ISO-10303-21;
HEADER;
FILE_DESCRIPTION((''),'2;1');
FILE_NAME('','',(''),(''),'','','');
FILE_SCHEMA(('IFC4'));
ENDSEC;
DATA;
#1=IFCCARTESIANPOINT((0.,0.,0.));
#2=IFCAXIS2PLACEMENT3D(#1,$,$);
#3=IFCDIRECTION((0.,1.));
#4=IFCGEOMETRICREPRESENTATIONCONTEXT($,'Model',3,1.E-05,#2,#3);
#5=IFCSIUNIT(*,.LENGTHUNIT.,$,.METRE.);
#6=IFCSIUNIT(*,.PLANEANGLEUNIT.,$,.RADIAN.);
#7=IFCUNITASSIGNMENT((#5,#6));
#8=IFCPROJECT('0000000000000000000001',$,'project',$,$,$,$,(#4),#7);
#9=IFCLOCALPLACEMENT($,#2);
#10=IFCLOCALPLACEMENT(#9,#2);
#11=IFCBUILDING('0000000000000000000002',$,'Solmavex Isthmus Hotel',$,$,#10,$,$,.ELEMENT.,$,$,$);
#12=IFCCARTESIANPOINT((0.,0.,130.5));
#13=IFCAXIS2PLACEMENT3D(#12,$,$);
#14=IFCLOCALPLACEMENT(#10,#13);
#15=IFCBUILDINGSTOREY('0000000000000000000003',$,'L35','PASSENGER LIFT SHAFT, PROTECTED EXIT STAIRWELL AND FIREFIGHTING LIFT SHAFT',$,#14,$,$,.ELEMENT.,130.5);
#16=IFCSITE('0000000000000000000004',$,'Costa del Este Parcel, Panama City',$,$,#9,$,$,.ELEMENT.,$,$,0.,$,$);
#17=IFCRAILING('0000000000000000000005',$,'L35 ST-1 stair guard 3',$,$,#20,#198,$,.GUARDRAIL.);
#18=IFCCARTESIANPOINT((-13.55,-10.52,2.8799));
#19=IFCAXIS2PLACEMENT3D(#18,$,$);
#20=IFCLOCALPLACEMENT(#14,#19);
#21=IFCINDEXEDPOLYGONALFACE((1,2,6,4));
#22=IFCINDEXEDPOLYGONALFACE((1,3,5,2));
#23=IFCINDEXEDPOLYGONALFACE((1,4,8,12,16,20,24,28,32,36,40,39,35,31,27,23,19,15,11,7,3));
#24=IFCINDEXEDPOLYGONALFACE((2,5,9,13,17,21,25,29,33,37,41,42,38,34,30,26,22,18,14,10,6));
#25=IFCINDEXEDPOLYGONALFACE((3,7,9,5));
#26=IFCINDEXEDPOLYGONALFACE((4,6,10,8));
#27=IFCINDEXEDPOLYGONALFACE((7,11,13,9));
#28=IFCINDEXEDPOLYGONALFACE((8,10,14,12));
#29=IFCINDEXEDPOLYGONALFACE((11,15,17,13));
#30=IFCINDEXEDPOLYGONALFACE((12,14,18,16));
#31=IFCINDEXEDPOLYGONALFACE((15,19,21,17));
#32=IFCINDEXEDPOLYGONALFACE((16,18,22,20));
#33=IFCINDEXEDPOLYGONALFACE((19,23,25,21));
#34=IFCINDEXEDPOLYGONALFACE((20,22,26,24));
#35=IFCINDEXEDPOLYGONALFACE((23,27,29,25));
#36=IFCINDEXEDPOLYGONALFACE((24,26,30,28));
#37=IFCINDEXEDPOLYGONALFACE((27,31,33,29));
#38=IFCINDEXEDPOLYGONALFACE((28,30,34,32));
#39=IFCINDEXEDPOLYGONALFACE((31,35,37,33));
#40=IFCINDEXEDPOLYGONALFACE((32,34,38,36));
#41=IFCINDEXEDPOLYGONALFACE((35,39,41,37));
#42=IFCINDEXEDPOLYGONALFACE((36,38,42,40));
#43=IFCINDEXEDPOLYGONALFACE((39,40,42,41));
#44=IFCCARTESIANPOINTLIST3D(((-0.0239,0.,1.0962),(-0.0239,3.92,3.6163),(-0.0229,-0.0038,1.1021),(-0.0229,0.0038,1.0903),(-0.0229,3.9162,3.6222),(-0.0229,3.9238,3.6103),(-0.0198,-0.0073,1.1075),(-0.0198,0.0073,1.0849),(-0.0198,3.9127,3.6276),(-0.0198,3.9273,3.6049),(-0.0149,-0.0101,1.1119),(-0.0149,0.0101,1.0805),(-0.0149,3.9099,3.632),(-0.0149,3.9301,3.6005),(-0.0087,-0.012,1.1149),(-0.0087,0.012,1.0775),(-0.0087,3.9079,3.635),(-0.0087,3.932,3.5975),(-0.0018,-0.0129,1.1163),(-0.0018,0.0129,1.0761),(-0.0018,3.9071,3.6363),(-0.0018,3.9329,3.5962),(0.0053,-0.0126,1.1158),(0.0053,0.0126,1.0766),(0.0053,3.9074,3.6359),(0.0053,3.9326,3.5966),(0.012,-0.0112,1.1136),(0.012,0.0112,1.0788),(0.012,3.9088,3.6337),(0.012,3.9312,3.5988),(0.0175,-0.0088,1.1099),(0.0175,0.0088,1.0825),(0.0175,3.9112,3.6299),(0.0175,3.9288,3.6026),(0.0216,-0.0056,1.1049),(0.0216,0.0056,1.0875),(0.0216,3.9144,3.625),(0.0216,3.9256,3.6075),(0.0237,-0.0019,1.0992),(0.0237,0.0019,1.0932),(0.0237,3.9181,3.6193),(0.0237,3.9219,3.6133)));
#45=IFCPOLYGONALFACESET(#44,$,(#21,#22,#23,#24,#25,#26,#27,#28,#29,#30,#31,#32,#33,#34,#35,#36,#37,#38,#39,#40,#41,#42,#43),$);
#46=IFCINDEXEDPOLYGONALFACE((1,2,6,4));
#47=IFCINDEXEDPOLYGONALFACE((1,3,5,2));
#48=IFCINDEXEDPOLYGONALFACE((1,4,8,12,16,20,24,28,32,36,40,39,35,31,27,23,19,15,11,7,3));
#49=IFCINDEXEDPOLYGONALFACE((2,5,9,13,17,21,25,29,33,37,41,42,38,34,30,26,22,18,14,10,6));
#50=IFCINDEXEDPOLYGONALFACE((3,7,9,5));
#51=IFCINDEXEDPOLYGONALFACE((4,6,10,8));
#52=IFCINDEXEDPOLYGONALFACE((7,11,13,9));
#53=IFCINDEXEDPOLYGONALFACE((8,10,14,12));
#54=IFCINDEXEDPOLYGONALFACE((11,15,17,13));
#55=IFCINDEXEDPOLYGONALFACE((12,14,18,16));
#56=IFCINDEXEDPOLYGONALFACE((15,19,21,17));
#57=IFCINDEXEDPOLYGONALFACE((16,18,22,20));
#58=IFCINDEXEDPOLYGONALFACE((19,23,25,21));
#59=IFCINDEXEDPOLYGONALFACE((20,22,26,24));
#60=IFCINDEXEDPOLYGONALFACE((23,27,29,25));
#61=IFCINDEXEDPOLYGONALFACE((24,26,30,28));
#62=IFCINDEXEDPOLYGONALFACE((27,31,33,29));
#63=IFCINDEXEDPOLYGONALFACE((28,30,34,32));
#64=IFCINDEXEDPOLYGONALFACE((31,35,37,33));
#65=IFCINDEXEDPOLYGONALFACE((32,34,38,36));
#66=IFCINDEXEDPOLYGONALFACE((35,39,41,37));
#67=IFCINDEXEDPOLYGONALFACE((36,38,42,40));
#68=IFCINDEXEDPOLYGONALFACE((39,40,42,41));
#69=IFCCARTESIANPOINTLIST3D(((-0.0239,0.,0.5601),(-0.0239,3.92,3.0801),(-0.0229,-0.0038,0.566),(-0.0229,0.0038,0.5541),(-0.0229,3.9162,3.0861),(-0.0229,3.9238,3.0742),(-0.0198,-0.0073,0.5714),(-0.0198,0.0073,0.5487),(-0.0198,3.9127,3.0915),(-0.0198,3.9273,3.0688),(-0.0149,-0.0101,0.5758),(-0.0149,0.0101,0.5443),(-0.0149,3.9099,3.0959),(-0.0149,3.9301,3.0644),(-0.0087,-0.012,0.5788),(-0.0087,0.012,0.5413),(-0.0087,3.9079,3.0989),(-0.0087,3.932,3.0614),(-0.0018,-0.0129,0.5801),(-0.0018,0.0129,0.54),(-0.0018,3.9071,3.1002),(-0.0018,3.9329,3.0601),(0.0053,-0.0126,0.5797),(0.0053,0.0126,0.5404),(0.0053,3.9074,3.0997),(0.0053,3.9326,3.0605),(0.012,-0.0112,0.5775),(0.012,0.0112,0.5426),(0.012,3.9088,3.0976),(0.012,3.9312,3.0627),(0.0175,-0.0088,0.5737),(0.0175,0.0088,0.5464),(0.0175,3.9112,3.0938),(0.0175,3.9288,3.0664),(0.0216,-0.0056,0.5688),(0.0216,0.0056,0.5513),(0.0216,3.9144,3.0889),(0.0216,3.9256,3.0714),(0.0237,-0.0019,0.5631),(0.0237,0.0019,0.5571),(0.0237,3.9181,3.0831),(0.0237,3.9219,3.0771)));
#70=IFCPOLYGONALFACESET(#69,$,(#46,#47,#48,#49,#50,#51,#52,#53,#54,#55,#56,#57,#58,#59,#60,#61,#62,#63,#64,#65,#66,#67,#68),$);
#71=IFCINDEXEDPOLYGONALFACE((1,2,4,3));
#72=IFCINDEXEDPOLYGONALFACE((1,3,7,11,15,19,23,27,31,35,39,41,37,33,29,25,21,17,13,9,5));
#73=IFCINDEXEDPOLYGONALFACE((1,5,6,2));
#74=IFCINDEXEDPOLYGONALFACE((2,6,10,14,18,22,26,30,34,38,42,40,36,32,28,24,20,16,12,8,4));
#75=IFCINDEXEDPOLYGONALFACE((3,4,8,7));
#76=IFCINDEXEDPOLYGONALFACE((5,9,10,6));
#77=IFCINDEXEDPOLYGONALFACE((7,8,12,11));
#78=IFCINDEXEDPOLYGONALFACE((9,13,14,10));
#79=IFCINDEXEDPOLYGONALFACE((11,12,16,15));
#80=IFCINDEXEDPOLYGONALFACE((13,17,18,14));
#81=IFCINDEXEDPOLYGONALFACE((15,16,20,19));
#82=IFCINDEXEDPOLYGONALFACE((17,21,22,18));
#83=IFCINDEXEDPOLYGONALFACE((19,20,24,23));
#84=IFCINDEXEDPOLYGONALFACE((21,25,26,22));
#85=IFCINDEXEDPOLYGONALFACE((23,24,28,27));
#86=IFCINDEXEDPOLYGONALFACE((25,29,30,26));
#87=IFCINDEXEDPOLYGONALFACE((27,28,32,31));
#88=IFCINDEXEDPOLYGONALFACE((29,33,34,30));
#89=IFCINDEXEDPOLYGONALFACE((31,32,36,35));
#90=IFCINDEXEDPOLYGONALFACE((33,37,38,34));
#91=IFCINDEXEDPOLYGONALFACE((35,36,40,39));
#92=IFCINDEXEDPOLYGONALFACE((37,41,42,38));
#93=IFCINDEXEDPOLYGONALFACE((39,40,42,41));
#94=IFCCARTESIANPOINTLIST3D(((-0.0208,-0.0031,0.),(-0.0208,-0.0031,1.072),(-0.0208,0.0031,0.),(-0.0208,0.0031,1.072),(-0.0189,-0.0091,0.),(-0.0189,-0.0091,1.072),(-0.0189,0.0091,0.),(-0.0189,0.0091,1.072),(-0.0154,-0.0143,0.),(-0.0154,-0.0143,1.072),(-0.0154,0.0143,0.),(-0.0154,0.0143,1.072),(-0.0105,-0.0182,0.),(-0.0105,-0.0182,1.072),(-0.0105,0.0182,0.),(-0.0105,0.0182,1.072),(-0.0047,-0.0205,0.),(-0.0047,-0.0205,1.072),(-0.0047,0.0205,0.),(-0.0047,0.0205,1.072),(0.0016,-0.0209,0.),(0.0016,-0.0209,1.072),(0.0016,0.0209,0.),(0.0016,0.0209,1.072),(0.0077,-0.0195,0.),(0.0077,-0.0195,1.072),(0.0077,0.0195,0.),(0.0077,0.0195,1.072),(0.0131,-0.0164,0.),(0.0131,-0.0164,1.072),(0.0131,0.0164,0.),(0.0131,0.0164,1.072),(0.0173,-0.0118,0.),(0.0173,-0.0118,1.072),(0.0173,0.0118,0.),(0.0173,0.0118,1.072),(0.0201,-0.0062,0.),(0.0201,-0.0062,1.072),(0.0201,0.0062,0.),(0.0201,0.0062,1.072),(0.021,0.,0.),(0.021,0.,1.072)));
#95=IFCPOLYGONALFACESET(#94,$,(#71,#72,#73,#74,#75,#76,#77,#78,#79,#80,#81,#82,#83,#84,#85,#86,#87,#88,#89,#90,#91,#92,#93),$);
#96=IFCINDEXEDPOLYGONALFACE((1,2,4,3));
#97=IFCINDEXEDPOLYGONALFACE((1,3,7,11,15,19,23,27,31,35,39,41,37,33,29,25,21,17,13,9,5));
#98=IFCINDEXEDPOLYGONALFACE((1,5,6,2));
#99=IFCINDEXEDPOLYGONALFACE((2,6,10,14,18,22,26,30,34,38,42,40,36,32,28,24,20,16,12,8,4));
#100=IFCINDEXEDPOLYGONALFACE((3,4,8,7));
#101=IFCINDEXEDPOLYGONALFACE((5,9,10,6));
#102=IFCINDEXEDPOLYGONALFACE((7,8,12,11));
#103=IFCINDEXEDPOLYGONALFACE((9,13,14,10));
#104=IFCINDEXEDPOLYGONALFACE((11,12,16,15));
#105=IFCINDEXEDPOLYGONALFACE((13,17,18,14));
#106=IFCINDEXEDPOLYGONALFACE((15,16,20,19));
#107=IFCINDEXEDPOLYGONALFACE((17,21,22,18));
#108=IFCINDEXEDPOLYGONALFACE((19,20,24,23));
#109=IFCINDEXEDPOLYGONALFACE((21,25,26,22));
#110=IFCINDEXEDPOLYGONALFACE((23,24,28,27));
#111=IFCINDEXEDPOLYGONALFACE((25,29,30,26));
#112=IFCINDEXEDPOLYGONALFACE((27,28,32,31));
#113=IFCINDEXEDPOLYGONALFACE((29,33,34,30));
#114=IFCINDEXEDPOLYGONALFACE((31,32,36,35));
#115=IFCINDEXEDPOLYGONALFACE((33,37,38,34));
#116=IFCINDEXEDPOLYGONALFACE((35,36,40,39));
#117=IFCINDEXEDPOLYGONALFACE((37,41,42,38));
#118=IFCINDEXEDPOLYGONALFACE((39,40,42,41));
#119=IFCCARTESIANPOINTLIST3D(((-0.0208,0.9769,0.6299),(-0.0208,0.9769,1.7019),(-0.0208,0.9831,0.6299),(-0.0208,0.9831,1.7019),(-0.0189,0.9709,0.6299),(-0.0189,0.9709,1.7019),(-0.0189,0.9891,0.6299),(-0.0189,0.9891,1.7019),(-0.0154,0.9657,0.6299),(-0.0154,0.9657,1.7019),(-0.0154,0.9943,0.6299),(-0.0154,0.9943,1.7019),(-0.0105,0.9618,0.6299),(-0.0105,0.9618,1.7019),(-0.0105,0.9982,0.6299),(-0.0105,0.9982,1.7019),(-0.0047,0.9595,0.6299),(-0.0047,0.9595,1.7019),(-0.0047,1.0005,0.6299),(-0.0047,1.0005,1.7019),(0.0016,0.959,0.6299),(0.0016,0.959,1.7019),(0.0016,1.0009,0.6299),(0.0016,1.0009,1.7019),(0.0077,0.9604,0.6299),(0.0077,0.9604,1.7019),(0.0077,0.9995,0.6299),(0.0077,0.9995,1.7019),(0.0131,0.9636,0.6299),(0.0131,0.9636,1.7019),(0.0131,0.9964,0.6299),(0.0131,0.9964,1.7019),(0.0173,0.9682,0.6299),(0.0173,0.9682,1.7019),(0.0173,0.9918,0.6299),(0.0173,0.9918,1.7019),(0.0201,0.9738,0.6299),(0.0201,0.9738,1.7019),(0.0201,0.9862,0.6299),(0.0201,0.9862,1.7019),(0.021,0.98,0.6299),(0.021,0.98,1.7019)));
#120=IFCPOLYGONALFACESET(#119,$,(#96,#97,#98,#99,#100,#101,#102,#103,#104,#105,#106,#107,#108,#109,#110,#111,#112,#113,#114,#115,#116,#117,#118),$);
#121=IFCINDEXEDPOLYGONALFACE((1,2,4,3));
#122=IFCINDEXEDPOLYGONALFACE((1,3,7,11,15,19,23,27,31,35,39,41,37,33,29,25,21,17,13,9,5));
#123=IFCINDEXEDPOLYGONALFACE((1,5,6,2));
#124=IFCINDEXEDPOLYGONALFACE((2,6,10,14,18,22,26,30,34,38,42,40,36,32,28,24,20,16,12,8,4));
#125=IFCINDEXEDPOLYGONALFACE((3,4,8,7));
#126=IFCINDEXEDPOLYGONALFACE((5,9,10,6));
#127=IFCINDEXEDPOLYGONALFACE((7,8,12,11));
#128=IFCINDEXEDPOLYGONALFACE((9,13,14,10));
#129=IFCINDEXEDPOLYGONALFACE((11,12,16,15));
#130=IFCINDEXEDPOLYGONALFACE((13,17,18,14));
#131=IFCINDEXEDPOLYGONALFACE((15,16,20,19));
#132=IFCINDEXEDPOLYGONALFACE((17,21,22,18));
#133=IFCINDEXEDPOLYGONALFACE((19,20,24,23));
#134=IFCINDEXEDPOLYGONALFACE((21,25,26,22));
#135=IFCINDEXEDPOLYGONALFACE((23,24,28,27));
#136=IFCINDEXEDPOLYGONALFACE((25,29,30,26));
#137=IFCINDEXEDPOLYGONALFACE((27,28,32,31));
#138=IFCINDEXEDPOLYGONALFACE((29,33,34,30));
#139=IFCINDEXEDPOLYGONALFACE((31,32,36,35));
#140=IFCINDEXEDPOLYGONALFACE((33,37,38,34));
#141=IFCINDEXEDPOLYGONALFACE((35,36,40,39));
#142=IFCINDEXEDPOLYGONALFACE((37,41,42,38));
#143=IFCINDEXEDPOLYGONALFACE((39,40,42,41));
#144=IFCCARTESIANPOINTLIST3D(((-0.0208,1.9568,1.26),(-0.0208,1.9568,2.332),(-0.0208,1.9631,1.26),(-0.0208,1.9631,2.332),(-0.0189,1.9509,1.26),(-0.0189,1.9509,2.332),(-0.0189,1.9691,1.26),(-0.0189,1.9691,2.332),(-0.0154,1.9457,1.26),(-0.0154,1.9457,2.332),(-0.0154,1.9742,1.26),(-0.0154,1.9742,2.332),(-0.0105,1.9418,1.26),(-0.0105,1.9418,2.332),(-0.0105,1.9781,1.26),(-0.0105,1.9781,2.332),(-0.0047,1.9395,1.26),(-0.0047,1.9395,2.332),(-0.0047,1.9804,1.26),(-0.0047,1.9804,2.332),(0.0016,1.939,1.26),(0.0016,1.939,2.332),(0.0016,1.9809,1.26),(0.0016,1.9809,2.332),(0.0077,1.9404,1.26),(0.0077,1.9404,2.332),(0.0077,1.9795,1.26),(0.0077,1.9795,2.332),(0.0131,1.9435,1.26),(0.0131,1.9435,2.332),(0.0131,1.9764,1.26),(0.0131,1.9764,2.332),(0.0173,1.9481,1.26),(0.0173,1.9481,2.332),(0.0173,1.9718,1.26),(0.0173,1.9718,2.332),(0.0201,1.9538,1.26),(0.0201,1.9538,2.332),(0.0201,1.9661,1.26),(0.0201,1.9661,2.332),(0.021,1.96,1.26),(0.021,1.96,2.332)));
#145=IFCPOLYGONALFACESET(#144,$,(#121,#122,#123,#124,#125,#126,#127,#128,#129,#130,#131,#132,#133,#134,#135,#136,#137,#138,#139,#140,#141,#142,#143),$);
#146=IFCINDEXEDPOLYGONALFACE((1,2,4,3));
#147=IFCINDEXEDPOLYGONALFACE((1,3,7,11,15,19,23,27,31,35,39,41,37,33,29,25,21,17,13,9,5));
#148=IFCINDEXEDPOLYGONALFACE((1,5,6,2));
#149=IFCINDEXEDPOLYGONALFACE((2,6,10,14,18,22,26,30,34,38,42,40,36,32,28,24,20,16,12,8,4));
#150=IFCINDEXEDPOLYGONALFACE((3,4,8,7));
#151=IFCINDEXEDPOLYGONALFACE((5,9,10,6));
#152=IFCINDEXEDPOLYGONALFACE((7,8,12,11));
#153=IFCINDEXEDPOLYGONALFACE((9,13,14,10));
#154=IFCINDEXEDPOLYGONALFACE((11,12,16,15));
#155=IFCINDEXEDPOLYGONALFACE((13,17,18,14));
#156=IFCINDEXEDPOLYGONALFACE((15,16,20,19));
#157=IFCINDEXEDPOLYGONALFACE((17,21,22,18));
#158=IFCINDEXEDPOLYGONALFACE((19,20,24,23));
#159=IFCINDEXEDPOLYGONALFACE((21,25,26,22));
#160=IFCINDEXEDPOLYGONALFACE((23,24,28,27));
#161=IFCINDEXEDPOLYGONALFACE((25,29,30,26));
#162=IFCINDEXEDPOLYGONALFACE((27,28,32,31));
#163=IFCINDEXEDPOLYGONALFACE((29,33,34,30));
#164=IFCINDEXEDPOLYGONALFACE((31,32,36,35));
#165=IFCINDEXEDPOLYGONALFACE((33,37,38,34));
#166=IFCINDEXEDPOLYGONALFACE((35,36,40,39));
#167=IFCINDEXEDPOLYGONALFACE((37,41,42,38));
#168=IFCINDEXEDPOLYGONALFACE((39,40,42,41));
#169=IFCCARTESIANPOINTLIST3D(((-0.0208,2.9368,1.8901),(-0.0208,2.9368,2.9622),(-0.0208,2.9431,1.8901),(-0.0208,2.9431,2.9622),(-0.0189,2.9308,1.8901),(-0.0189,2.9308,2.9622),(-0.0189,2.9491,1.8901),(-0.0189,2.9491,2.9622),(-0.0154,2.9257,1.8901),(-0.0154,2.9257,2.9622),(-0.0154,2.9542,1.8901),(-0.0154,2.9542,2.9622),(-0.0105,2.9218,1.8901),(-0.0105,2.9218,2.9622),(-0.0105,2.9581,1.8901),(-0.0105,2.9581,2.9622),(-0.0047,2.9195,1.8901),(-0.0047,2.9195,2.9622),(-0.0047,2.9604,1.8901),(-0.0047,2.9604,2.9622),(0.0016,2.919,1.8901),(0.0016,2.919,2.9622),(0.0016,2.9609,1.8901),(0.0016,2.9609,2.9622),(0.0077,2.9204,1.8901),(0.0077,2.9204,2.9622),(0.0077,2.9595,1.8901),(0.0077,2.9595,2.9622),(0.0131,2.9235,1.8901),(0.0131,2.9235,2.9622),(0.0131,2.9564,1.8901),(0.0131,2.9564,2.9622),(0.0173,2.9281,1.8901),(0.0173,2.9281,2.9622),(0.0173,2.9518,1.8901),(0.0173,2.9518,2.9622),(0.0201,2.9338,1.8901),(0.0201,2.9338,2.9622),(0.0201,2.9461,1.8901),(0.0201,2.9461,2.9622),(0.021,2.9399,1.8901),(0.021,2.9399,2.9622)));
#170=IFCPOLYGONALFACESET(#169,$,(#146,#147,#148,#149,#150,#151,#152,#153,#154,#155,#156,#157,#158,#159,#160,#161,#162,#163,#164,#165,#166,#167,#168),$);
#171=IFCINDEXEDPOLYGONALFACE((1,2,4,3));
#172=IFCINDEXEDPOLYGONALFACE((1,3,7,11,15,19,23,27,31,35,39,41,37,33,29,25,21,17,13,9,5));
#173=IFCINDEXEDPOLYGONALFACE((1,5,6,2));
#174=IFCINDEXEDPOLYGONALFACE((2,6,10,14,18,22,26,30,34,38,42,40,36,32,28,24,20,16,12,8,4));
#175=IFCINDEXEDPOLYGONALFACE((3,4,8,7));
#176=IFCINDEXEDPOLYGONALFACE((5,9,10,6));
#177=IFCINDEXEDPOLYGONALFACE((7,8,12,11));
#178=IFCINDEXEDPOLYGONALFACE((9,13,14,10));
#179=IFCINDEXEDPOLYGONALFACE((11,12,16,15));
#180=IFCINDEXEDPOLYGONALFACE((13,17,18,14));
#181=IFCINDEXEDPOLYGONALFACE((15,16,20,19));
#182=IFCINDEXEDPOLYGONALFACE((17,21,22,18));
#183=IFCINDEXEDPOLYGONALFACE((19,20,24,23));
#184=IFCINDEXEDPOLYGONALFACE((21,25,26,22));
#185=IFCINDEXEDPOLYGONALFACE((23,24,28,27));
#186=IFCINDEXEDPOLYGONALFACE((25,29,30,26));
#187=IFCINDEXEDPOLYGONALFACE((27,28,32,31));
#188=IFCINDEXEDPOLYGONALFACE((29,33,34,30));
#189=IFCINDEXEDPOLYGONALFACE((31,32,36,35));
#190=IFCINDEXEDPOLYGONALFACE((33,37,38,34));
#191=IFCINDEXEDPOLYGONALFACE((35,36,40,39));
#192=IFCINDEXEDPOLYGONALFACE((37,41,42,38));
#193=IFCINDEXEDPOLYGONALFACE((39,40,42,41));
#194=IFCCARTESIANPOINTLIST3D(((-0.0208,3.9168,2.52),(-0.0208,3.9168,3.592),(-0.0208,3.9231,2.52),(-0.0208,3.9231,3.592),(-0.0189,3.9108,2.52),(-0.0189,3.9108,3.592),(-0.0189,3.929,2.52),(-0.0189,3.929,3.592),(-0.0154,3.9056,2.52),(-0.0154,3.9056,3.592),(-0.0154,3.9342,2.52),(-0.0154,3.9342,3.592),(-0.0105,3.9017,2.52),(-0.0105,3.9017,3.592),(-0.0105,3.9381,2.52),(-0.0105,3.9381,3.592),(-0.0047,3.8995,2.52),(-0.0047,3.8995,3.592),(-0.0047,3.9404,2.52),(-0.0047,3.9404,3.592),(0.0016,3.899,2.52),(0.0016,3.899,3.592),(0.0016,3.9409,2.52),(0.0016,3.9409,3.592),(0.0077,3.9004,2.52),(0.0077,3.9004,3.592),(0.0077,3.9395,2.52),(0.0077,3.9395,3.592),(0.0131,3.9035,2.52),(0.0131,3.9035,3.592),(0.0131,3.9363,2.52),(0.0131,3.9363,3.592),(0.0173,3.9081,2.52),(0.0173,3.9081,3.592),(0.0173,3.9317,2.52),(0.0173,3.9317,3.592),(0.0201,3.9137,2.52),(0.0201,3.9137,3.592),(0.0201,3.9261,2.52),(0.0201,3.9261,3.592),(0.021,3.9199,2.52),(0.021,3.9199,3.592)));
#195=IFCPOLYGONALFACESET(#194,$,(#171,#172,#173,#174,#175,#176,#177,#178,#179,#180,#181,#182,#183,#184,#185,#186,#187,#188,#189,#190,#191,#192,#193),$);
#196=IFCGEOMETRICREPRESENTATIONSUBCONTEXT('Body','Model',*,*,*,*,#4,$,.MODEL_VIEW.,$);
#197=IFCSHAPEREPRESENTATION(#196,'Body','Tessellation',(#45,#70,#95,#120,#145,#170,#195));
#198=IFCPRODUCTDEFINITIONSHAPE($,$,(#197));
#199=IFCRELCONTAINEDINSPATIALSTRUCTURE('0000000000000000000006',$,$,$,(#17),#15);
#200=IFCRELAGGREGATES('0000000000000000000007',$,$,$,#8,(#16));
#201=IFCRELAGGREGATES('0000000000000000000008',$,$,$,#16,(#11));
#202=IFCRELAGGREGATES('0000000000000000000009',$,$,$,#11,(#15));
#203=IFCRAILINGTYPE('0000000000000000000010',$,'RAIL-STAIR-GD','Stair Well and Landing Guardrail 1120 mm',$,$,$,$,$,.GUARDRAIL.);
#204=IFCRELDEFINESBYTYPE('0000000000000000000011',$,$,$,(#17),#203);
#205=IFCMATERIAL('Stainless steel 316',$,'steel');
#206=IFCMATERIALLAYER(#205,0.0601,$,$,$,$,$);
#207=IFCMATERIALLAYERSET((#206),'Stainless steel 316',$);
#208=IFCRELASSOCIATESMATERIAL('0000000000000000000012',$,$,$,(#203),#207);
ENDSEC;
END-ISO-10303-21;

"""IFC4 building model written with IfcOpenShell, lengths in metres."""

from ifc_helpers import new_model, si_unit, direction, frame, origin, origin_2d, place, context, subcontext, project, spatial, circle, extrude, material, layer, layer_set, type_object, element, save


model = new_model("IFC4")

# Units and contexts
model_context = context("Model", 3, precision=1e-05, world=origin(), true_north=direction((0.0, 1.0)))
body_context = subcontext(model_context, "Body", "Model", "MODEL_VIEW")
ifc_project = project(units=[si_unit("LENGTHUNIT", "METRE"), si_unit("PLANEANGLEUNIT", "RADIAN")], contexts=[model_context])

# Site, building, storey
site_placement = place(None, origin())
site = spatial("IfcSite", under=ifc_project, at=site_placement, Name="Costa del Este Parcel, Panama City", CompositionType="ELEMENT", RefElevation=0.0)
building_placement = place(site_placement, origin())
building = spatial("IfcBuilding", under=site, at=building_placement, Name="Solmavex Isthmus Hotel", CompositionType="ELEMENT")
storey_placement = place(building_placement, frame((0.0, 0.0, 130.5)))
storey = spatial("IfcBuildingStorey", under=building, at=storey_placement, Name="L35", Description="PASSENGER LIFT SHAFT, PROTECTED EXIT STAIRWELL AND FIREFIGHTING LIFT SHAFT", CompositionType="ELEMENT", Elevation=130.5)

# Railing
ifc_material_1 = material(Name="Stainless steel 316", Category="steel")
ifc_layer_1 = layer(ifc_material_1, 0.0601)
ifc_layer_set_1 = layer_set([ifc_layer_1], Name="Stainless steel 316")
railing_type = type_object("IfcRailingType", Name="RAIL-STAIR-GD", Description="Stair Well and Landing Guardrail 1120 mm", PredefinedType="GUARDRAIL", material=ifc_layer_set_1)
railing_1_placement = place(storey_placement, frame((-13.55, -10.52, 2.8799)))
element("IfcRailing", 1, at=railing_1_placement, inside=storey, type_object=railing_type, Name="L35 ST-1 stair guard 3", PredefinedType="GUARDRAIL", context=body_context, shape_type="SweptSolid", body=[
    extrude(circle(Radius=0.0239, at=origin_2d()), frame((0.0, 0.0, 1.0962), z_axis=(0.0, 0.841172, 0.540768), x_axis=(-1.0, 0.0, 0.0)), (0.0, 0.0, 1.0), 4.6602),
    extrude(circle(Radius=0.0239, at=origin_2d()), frame((0.0, 0.0, 0.5601), z_axis=(0.0, 0.841172, 0.540768), x_axis=(-1.0, 0.0, 0.0)), (0.0, 0.0, 1.0), 4.6602),
    extrude(circle(Radius=0.021, at=origin_2d()), origin(), (0.0, 0.0, 1.0), 1.072),
    extrude(circle(Radius=0.021, at=origin_2d()), frame((0.0, 0.98, 0.6299)), (0.0, 0.0, 1.0), 1.072),
    extrude(circle(Radius=0.021, at=origin_2d()), frame((0.0, 1.96, 1.26)), (0.0, 0.0, 1.0), 1.072),
    extrude(circle(Radius=0.021, at=origin_2d()), frame((0.0, 2.9399, 1.8901)), (0.0, 0.0, 1.0), 1.072),
    extrude(circle(Radius=0.021, at=origin_2d()), frame((0.0, 3.9199, 2.52)), (0.0, 0.0, 1.0), 1.072),
])

save(model, "model.ifc")
